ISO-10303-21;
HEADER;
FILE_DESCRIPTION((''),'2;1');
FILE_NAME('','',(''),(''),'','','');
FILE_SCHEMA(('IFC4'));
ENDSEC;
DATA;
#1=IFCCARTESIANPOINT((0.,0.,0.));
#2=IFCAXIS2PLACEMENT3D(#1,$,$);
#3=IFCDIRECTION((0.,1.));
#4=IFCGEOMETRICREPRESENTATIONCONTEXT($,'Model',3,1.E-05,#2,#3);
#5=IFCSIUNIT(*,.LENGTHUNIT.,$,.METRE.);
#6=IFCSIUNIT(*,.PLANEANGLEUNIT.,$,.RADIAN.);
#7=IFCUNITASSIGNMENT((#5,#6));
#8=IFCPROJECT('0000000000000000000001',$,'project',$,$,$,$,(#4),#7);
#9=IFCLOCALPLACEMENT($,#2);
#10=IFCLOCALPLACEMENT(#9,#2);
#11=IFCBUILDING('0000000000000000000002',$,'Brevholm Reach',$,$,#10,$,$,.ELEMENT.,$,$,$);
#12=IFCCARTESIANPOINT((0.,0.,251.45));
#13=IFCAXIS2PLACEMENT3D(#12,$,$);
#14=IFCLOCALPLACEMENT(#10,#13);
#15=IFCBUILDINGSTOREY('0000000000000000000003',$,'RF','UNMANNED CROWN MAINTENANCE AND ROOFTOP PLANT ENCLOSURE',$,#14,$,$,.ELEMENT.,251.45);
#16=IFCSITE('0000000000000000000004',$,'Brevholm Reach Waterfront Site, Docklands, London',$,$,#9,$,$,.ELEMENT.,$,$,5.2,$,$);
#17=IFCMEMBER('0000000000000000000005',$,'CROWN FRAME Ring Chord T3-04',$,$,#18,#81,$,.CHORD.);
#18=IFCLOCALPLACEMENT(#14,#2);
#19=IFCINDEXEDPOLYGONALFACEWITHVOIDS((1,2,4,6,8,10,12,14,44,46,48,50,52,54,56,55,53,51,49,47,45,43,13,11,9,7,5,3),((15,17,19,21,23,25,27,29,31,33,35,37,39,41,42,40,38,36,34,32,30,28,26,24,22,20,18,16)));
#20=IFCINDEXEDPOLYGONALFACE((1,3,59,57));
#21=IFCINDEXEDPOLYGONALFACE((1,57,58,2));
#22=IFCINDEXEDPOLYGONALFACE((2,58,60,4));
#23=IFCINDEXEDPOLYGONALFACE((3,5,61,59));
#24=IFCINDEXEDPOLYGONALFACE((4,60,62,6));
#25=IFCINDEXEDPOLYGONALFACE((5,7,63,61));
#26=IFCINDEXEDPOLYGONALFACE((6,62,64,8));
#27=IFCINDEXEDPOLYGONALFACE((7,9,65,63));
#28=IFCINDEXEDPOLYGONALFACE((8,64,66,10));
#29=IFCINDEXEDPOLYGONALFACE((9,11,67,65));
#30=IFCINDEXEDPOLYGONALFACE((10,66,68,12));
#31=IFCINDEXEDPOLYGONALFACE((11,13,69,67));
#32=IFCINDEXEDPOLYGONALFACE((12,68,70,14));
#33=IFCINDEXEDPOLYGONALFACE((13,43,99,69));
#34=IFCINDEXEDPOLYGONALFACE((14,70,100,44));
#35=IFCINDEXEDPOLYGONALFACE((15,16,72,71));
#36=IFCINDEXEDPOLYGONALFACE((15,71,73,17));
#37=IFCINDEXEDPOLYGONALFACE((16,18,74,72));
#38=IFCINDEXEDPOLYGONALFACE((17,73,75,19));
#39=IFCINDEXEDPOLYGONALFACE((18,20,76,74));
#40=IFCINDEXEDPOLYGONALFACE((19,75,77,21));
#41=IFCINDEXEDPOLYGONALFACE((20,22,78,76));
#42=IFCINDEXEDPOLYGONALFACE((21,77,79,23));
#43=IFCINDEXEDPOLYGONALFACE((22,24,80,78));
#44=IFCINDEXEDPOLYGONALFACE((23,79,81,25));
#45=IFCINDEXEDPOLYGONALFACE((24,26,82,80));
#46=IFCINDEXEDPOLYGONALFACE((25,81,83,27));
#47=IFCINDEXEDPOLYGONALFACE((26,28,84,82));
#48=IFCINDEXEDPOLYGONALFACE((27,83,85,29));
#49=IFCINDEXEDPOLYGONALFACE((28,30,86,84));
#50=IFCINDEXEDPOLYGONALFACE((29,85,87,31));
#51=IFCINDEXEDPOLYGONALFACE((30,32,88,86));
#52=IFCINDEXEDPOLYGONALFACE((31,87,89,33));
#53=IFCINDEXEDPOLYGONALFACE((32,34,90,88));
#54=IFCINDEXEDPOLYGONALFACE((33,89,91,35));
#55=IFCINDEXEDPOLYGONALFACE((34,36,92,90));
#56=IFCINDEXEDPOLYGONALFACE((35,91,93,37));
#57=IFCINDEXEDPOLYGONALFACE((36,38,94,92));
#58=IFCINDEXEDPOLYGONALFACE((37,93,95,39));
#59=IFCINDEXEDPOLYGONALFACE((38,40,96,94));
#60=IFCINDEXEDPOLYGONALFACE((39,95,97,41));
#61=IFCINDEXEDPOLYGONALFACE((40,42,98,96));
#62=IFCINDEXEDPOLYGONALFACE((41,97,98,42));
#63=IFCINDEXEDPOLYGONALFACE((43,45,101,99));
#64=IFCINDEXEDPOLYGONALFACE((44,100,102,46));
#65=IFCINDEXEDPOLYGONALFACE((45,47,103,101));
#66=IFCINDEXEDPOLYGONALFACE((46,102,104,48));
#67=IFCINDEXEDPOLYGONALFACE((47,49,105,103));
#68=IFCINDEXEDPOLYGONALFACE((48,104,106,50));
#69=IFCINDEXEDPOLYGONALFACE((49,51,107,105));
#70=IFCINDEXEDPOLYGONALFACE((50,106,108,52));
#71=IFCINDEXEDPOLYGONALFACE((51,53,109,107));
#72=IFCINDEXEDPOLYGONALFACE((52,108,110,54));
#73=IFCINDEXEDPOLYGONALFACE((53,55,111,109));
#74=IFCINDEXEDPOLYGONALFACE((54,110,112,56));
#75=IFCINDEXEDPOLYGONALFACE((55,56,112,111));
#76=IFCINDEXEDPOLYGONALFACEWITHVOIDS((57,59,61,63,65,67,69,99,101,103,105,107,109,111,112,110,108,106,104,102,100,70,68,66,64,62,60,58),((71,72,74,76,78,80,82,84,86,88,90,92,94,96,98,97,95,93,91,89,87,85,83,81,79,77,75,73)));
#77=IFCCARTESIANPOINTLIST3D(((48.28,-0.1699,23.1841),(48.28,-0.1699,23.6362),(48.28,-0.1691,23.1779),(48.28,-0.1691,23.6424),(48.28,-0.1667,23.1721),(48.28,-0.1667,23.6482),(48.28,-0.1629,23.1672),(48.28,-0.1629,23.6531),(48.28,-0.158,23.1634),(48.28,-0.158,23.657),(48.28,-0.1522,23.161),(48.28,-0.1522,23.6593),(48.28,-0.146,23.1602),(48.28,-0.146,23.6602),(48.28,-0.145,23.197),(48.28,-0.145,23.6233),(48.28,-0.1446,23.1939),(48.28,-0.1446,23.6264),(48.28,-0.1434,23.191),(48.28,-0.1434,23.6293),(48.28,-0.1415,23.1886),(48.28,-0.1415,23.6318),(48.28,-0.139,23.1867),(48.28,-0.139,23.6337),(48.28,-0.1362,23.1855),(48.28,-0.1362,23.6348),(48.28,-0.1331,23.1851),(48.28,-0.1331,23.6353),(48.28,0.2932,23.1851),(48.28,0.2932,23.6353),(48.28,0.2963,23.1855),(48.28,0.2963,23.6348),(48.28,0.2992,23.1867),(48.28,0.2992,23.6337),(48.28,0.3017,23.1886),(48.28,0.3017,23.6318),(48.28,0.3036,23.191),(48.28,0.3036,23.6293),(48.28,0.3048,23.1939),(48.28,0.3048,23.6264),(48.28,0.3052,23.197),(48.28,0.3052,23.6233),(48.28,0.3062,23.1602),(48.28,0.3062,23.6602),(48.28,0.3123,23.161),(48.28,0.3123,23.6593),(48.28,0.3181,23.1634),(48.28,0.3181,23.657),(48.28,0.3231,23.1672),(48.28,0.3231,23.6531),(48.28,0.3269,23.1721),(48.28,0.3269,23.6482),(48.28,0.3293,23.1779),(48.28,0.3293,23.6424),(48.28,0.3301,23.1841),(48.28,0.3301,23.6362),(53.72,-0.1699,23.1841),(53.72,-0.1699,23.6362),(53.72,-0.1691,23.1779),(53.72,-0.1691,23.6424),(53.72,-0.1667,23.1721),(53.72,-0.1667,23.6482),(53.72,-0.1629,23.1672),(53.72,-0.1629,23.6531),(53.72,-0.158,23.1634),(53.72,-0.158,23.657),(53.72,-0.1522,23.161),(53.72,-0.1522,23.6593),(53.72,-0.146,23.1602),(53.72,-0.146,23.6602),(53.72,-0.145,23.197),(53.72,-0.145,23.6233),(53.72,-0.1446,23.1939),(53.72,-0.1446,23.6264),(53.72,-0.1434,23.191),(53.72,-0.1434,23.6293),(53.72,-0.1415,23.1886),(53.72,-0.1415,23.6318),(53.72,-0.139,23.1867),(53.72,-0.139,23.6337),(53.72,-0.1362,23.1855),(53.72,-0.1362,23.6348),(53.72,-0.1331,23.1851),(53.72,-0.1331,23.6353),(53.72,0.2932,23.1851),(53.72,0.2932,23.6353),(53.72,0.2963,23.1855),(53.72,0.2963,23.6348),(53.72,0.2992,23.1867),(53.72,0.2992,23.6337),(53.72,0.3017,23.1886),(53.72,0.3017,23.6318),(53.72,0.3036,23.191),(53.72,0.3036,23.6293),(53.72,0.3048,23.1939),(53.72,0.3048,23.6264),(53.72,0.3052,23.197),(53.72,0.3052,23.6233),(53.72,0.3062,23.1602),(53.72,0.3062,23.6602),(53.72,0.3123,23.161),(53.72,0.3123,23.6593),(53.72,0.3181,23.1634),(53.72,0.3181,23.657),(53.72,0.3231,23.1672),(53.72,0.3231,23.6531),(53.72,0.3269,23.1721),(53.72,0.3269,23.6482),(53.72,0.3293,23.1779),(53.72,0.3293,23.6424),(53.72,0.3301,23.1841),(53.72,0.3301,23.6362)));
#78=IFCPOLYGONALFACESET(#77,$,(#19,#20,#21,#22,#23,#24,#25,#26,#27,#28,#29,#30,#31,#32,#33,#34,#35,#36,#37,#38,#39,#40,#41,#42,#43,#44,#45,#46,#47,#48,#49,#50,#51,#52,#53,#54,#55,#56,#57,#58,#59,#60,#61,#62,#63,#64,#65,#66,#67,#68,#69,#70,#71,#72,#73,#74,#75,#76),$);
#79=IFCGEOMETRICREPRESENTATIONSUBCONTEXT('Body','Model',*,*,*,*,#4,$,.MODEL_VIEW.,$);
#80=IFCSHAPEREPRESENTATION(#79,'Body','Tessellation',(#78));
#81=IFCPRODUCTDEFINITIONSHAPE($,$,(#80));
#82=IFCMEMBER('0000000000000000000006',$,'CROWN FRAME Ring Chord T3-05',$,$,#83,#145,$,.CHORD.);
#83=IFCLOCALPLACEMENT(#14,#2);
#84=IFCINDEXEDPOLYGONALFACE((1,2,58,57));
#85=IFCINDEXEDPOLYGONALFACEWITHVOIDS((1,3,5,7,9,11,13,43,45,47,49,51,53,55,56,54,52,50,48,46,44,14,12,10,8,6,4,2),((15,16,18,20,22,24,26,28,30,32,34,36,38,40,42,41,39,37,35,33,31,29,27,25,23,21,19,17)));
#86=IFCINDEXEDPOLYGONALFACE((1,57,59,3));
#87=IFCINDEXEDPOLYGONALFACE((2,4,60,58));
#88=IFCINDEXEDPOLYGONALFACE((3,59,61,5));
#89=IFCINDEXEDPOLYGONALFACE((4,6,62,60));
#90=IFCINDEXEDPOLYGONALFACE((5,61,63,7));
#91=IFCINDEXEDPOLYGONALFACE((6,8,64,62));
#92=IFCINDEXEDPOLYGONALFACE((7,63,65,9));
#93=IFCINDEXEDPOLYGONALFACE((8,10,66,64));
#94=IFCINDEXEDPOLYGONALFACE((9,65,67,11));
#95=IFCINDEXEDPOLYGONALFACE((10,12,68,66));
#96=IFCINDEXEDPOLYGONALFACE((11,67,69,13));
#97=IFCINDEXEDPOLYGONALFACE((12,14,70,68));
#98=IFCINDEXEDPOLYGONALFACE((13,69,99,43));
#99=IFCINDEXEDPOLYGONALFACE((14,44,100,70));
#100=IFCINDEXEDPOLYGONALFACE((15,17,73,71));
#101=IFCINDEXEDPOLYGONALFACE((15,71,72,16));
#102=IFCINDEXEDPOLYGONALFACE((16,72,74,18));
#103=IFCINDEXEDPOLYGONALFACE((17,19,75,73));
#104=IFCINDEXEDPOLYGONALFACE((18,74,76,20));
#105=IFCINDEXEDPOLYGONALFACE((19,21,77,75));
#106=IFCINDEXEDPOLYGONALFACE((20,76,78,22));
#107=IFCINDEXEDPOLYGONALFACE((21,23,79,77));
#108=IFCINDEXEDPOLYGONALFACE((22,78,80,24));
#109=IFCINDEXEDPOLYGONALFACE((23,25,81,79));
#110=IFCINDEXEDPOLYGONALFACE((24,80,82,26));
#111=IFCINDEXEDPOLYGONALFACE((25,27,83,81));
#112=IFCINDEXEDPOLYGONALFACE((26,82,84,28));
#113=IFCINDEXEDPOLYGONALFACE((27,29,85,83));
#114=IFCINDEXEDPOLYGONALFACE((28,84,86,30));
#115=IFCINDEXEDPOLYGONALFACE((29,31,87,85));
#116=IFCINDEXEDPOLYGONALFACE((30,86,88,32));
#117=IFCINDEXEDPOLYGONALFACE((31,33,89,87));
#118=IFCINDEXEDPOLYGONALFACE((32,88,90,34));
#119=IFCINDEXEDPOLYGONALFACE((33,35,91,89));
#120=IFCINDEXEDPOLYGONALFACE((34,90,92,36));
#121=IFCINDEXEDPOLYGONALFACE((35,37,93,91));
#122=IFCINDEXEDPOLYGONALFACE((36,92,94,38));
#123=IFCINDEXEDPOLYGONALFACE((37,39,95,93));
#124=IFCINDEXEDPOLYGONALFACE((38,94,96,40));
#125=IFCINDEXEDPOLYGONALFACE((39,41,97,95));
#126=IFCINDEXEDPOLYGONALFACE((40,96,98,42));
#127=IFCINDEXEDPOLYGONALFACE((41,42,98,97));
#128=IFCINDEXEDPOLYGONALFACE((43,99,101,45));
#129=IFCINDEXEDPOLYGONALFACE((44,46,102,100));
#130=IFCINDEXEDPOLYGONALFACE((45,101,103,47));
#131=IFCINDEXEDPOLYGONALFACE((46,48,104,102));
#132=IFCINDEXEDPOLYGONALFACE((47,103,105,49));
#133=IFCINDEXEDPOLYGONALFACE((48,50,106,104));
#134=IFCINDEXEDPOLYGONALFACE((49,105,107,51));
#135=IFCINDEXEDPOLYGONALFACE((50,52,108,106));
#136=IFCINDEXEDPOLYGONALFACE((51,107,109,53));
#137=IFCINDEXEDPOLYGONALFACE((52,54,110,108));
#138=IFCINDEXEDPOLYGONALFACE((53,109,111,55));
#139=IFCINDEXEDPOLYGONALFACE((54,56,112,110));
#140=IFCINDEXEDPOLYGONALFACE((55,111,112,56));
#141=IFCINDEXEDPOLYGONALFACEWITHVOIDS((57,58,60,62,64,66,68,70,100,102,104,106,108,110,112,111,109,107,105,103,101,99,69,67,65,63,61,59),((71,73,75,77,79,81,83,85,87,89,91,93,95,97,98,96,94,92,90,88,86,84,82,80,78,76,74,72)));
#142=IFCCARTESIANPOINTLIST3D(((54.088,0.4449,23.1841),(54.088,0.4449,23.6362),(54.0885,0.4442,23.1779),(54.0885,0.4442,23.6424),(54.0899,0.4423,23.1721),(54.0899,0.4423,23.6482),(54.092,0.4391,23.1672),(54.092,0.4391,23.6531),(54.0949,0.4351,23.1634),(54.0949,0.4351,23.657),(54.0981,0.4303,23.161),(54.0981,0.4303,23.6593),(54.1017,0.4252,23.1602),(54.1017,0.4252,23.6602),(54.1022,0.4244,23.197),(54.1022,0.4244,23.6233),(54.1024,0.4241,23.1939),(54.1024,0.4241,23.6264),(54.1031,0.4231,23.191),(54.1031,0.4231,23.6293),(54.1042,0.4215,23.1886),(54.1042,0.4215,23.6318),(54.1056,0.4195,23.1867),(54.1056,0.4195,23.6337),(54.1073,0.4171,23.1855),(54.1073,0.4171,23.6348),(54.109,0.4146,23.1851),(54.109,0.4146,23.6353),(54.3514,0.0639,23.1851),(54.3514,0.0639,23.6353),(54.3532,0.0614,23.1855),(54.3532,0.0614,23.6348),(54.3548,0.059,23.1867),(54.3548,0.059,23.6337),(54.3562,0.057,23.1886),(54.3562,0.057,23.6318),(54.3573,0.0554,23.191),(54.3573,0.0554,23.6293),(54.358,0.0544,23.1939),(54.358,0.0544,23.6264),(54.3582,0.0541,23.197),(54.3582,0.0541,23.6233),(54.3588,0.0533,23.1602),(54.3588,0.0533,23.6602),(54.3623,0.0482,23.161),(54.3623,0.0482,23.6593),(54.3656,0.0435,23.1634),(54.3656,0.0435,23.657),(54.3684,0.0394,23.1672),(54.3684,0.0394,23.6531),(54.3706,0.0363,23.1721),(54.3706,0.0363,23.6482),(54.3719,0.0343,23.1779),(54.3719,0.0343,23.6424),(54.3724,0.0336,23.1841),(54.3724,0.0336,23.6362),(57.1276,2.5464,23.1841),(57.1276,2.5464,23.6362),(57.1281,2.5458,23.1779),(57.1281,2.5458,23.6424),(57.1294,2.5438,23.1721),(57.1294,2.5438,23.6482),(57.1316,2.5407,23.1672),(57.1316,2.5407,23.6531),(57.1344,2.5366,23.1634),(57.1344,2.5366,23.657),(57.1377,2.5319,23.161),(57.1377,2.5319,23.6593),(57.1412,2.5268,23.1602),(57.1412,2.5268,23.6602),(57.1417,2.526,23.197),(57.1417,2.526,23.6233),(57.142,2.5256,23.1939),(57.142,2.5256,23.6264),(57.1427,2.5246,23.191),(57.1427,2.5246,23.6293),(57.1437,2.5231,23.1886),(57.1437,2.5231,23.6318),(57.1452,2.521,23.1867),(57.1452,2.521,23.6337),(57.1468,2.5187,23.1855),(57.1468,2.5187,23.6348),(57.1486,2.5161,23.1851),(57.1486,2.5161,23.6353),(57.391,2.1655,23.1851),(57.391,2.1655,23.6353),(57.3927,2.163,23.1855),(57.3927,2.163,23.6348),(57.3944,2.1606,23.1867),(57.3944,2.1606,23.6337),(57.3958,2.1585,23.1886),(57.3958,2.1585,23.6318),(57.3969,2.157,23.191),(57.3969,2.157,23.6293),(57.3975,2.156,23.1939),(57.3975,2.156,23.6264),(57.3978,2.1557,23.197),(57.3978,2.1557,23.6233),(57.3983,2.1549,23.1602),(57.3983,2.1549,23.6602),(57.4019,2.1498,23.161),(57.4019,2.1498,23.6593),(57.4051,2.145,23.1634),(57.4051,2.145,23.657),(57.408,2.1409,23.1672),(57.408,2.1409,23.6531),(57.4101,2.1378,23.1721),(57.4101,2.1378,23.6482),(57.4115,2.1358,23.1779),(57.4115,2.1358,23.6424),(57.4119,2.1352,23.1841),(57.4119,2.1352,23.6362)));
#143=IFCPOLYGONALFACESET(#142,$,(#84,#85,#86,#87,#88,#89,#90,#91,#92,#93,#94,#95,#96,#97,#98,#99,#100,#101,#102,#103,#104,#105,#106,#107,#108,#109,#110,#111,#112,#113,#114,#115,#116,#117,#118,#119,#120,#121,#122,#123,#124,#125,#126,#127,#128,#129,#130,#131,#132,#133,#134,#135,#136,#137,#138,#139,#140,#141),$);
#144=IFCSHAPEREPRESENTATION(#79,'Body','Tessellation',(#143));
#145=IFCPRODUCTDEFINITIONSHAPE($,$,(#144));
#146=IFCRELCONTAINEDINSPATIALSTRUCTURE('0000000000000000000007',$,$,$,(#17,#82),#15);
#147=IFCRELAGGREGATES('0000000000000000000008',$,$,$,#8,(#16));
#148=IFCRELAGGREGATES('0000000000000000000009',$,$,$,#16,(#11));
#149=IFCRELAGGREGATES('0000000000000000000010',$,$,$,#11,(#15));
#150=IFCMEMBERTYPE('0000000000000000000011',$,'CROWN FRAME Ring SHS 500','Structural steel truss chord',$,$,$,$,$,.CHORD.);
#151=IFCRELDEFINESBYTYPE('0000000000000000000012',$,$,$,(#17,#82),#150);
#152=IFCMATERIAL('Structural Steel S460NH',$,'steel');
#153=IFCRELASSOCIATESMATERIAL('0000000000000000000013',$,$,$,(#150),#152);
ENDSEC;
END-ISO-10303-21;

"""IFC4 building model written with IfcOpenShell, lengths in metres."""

from ifc_helpers import new_model, si_unit, direction, frame, origin, origin_2d, place, context, subcontext, project, spatial, hollow_rectangle, extrude, material, material_profile, profile_set, type_object, element, save


model = new_model("IFC4")

# Units and contexts
model_context = context("Model", 3, precision=1e-05, world=origin(), true_north=direction((0.0, 1.0)))
body_context = subcontext(model_context, "Body", "Model", "MODEL_VIEW")
ifc_project = project(units=[si_unit("LENGTHUNIT", "METRE"), si_unit("PLANEANGLEUNIT", "RADIAN")], contexts=[model_context])

# Site, building, storey
site_placement = place(None, origin())
site = spatial("IfcSite", under=ifc_project, at=site_placement, Name="Brevholm Reach Waterfront Site, Docklands, London", CompositionType="ELEMENT", RefElevation=5.2)
building_placement = place(site_placement, origin())
building = spatial("IfcBuilding", under=site, at=building_placement, Name="Brevholm Reach", CompositionType="ELEMENT")
storey_placement = place(building_placement, frame((0.0, 0.0, 251.45)))
storey = spatial("IfcBuildingStorey", under=building, at=storey_placement, Name="RF", Description="UNMANNED CROWN MAINTENANCE AND ROOFTOP PLANT ENCLOSURE", CompositionType="ELEMENT", Elevation=251.45)

# Members
ifc_material_1 = material(Name="Structural Steel S460NH", Category="steel")
ifc_material_profile_1 = material_profile(ifc_material_1, hollow_rectangle(XDim=0.5, YDim=0.5, WallThickness=0.0249, InnerFilletRadius=0.012, OuterFilletRadius=0.0239, at=origin_2d()), Name="SHS 500x500x25")
ifc_profile_set_1 = profile_set([ifc_material_profile_1], Name="Structural Steel S460NH")
member_type_1 = type_object("IfcMemberType", Name="CROWN FRAME Ring SHS 500", Description="Structural steel truss chord", PredefinedType="CHORD", material=ifc_profile_set_1)
for number, where, z_axis, x_axis, name in (
    (1, (48.28, 0.0801, 23.4102), (1.0, 0.0, 0.0), (0.0, 1.0, 0.0), "CROWN FRAME Ring Chord T3-04"),
):
    element("IfcMember", number, at=place(storey_placement, frame(where, z_axis=z_axis, x_axis=x_axis)), inside=storey, type_object=member_type_1, Name=name, PredefinedType="CHORD", context=body_context, shape_type="SweptSolid", body=[
        extrude(hollow_rectangle(XDim=0.5, YDim=0.5, WallThickness=0.0249, InnerFilletRadius=0.012, OuterFilletRadius=0.0239, at=origin_2d()), origin(), (0.0, 0.0, 1.0), 5.4399),
    ])
member_1_placement = place(storey_placement, frame((54.2302, 0.2393, 23.4102), z_axis=(0.822539, 0.568708, 0.0), x_axis=(-0.568708, 0.822539, 0.0)))
element("IfcMember", 2, at=member_1_placement, inside=storey, type_object=member_type_1, Name="CROWN FRAME Ring Chord T3-05", PredefinedType="CHORD", context=body_context, shape_type="SweptSolid", body=[
    extrude(hollow_rectangle(XDim=0.5, YDim=0.5, WallThickness=0.0249, InnerFilletRadius=0.012, OuterFilletRadius=0.0239, at=origin_2d()), origin(), (0.0, 0.0, 1.0), 3.6953),
])

save(model, "model.ifc")
